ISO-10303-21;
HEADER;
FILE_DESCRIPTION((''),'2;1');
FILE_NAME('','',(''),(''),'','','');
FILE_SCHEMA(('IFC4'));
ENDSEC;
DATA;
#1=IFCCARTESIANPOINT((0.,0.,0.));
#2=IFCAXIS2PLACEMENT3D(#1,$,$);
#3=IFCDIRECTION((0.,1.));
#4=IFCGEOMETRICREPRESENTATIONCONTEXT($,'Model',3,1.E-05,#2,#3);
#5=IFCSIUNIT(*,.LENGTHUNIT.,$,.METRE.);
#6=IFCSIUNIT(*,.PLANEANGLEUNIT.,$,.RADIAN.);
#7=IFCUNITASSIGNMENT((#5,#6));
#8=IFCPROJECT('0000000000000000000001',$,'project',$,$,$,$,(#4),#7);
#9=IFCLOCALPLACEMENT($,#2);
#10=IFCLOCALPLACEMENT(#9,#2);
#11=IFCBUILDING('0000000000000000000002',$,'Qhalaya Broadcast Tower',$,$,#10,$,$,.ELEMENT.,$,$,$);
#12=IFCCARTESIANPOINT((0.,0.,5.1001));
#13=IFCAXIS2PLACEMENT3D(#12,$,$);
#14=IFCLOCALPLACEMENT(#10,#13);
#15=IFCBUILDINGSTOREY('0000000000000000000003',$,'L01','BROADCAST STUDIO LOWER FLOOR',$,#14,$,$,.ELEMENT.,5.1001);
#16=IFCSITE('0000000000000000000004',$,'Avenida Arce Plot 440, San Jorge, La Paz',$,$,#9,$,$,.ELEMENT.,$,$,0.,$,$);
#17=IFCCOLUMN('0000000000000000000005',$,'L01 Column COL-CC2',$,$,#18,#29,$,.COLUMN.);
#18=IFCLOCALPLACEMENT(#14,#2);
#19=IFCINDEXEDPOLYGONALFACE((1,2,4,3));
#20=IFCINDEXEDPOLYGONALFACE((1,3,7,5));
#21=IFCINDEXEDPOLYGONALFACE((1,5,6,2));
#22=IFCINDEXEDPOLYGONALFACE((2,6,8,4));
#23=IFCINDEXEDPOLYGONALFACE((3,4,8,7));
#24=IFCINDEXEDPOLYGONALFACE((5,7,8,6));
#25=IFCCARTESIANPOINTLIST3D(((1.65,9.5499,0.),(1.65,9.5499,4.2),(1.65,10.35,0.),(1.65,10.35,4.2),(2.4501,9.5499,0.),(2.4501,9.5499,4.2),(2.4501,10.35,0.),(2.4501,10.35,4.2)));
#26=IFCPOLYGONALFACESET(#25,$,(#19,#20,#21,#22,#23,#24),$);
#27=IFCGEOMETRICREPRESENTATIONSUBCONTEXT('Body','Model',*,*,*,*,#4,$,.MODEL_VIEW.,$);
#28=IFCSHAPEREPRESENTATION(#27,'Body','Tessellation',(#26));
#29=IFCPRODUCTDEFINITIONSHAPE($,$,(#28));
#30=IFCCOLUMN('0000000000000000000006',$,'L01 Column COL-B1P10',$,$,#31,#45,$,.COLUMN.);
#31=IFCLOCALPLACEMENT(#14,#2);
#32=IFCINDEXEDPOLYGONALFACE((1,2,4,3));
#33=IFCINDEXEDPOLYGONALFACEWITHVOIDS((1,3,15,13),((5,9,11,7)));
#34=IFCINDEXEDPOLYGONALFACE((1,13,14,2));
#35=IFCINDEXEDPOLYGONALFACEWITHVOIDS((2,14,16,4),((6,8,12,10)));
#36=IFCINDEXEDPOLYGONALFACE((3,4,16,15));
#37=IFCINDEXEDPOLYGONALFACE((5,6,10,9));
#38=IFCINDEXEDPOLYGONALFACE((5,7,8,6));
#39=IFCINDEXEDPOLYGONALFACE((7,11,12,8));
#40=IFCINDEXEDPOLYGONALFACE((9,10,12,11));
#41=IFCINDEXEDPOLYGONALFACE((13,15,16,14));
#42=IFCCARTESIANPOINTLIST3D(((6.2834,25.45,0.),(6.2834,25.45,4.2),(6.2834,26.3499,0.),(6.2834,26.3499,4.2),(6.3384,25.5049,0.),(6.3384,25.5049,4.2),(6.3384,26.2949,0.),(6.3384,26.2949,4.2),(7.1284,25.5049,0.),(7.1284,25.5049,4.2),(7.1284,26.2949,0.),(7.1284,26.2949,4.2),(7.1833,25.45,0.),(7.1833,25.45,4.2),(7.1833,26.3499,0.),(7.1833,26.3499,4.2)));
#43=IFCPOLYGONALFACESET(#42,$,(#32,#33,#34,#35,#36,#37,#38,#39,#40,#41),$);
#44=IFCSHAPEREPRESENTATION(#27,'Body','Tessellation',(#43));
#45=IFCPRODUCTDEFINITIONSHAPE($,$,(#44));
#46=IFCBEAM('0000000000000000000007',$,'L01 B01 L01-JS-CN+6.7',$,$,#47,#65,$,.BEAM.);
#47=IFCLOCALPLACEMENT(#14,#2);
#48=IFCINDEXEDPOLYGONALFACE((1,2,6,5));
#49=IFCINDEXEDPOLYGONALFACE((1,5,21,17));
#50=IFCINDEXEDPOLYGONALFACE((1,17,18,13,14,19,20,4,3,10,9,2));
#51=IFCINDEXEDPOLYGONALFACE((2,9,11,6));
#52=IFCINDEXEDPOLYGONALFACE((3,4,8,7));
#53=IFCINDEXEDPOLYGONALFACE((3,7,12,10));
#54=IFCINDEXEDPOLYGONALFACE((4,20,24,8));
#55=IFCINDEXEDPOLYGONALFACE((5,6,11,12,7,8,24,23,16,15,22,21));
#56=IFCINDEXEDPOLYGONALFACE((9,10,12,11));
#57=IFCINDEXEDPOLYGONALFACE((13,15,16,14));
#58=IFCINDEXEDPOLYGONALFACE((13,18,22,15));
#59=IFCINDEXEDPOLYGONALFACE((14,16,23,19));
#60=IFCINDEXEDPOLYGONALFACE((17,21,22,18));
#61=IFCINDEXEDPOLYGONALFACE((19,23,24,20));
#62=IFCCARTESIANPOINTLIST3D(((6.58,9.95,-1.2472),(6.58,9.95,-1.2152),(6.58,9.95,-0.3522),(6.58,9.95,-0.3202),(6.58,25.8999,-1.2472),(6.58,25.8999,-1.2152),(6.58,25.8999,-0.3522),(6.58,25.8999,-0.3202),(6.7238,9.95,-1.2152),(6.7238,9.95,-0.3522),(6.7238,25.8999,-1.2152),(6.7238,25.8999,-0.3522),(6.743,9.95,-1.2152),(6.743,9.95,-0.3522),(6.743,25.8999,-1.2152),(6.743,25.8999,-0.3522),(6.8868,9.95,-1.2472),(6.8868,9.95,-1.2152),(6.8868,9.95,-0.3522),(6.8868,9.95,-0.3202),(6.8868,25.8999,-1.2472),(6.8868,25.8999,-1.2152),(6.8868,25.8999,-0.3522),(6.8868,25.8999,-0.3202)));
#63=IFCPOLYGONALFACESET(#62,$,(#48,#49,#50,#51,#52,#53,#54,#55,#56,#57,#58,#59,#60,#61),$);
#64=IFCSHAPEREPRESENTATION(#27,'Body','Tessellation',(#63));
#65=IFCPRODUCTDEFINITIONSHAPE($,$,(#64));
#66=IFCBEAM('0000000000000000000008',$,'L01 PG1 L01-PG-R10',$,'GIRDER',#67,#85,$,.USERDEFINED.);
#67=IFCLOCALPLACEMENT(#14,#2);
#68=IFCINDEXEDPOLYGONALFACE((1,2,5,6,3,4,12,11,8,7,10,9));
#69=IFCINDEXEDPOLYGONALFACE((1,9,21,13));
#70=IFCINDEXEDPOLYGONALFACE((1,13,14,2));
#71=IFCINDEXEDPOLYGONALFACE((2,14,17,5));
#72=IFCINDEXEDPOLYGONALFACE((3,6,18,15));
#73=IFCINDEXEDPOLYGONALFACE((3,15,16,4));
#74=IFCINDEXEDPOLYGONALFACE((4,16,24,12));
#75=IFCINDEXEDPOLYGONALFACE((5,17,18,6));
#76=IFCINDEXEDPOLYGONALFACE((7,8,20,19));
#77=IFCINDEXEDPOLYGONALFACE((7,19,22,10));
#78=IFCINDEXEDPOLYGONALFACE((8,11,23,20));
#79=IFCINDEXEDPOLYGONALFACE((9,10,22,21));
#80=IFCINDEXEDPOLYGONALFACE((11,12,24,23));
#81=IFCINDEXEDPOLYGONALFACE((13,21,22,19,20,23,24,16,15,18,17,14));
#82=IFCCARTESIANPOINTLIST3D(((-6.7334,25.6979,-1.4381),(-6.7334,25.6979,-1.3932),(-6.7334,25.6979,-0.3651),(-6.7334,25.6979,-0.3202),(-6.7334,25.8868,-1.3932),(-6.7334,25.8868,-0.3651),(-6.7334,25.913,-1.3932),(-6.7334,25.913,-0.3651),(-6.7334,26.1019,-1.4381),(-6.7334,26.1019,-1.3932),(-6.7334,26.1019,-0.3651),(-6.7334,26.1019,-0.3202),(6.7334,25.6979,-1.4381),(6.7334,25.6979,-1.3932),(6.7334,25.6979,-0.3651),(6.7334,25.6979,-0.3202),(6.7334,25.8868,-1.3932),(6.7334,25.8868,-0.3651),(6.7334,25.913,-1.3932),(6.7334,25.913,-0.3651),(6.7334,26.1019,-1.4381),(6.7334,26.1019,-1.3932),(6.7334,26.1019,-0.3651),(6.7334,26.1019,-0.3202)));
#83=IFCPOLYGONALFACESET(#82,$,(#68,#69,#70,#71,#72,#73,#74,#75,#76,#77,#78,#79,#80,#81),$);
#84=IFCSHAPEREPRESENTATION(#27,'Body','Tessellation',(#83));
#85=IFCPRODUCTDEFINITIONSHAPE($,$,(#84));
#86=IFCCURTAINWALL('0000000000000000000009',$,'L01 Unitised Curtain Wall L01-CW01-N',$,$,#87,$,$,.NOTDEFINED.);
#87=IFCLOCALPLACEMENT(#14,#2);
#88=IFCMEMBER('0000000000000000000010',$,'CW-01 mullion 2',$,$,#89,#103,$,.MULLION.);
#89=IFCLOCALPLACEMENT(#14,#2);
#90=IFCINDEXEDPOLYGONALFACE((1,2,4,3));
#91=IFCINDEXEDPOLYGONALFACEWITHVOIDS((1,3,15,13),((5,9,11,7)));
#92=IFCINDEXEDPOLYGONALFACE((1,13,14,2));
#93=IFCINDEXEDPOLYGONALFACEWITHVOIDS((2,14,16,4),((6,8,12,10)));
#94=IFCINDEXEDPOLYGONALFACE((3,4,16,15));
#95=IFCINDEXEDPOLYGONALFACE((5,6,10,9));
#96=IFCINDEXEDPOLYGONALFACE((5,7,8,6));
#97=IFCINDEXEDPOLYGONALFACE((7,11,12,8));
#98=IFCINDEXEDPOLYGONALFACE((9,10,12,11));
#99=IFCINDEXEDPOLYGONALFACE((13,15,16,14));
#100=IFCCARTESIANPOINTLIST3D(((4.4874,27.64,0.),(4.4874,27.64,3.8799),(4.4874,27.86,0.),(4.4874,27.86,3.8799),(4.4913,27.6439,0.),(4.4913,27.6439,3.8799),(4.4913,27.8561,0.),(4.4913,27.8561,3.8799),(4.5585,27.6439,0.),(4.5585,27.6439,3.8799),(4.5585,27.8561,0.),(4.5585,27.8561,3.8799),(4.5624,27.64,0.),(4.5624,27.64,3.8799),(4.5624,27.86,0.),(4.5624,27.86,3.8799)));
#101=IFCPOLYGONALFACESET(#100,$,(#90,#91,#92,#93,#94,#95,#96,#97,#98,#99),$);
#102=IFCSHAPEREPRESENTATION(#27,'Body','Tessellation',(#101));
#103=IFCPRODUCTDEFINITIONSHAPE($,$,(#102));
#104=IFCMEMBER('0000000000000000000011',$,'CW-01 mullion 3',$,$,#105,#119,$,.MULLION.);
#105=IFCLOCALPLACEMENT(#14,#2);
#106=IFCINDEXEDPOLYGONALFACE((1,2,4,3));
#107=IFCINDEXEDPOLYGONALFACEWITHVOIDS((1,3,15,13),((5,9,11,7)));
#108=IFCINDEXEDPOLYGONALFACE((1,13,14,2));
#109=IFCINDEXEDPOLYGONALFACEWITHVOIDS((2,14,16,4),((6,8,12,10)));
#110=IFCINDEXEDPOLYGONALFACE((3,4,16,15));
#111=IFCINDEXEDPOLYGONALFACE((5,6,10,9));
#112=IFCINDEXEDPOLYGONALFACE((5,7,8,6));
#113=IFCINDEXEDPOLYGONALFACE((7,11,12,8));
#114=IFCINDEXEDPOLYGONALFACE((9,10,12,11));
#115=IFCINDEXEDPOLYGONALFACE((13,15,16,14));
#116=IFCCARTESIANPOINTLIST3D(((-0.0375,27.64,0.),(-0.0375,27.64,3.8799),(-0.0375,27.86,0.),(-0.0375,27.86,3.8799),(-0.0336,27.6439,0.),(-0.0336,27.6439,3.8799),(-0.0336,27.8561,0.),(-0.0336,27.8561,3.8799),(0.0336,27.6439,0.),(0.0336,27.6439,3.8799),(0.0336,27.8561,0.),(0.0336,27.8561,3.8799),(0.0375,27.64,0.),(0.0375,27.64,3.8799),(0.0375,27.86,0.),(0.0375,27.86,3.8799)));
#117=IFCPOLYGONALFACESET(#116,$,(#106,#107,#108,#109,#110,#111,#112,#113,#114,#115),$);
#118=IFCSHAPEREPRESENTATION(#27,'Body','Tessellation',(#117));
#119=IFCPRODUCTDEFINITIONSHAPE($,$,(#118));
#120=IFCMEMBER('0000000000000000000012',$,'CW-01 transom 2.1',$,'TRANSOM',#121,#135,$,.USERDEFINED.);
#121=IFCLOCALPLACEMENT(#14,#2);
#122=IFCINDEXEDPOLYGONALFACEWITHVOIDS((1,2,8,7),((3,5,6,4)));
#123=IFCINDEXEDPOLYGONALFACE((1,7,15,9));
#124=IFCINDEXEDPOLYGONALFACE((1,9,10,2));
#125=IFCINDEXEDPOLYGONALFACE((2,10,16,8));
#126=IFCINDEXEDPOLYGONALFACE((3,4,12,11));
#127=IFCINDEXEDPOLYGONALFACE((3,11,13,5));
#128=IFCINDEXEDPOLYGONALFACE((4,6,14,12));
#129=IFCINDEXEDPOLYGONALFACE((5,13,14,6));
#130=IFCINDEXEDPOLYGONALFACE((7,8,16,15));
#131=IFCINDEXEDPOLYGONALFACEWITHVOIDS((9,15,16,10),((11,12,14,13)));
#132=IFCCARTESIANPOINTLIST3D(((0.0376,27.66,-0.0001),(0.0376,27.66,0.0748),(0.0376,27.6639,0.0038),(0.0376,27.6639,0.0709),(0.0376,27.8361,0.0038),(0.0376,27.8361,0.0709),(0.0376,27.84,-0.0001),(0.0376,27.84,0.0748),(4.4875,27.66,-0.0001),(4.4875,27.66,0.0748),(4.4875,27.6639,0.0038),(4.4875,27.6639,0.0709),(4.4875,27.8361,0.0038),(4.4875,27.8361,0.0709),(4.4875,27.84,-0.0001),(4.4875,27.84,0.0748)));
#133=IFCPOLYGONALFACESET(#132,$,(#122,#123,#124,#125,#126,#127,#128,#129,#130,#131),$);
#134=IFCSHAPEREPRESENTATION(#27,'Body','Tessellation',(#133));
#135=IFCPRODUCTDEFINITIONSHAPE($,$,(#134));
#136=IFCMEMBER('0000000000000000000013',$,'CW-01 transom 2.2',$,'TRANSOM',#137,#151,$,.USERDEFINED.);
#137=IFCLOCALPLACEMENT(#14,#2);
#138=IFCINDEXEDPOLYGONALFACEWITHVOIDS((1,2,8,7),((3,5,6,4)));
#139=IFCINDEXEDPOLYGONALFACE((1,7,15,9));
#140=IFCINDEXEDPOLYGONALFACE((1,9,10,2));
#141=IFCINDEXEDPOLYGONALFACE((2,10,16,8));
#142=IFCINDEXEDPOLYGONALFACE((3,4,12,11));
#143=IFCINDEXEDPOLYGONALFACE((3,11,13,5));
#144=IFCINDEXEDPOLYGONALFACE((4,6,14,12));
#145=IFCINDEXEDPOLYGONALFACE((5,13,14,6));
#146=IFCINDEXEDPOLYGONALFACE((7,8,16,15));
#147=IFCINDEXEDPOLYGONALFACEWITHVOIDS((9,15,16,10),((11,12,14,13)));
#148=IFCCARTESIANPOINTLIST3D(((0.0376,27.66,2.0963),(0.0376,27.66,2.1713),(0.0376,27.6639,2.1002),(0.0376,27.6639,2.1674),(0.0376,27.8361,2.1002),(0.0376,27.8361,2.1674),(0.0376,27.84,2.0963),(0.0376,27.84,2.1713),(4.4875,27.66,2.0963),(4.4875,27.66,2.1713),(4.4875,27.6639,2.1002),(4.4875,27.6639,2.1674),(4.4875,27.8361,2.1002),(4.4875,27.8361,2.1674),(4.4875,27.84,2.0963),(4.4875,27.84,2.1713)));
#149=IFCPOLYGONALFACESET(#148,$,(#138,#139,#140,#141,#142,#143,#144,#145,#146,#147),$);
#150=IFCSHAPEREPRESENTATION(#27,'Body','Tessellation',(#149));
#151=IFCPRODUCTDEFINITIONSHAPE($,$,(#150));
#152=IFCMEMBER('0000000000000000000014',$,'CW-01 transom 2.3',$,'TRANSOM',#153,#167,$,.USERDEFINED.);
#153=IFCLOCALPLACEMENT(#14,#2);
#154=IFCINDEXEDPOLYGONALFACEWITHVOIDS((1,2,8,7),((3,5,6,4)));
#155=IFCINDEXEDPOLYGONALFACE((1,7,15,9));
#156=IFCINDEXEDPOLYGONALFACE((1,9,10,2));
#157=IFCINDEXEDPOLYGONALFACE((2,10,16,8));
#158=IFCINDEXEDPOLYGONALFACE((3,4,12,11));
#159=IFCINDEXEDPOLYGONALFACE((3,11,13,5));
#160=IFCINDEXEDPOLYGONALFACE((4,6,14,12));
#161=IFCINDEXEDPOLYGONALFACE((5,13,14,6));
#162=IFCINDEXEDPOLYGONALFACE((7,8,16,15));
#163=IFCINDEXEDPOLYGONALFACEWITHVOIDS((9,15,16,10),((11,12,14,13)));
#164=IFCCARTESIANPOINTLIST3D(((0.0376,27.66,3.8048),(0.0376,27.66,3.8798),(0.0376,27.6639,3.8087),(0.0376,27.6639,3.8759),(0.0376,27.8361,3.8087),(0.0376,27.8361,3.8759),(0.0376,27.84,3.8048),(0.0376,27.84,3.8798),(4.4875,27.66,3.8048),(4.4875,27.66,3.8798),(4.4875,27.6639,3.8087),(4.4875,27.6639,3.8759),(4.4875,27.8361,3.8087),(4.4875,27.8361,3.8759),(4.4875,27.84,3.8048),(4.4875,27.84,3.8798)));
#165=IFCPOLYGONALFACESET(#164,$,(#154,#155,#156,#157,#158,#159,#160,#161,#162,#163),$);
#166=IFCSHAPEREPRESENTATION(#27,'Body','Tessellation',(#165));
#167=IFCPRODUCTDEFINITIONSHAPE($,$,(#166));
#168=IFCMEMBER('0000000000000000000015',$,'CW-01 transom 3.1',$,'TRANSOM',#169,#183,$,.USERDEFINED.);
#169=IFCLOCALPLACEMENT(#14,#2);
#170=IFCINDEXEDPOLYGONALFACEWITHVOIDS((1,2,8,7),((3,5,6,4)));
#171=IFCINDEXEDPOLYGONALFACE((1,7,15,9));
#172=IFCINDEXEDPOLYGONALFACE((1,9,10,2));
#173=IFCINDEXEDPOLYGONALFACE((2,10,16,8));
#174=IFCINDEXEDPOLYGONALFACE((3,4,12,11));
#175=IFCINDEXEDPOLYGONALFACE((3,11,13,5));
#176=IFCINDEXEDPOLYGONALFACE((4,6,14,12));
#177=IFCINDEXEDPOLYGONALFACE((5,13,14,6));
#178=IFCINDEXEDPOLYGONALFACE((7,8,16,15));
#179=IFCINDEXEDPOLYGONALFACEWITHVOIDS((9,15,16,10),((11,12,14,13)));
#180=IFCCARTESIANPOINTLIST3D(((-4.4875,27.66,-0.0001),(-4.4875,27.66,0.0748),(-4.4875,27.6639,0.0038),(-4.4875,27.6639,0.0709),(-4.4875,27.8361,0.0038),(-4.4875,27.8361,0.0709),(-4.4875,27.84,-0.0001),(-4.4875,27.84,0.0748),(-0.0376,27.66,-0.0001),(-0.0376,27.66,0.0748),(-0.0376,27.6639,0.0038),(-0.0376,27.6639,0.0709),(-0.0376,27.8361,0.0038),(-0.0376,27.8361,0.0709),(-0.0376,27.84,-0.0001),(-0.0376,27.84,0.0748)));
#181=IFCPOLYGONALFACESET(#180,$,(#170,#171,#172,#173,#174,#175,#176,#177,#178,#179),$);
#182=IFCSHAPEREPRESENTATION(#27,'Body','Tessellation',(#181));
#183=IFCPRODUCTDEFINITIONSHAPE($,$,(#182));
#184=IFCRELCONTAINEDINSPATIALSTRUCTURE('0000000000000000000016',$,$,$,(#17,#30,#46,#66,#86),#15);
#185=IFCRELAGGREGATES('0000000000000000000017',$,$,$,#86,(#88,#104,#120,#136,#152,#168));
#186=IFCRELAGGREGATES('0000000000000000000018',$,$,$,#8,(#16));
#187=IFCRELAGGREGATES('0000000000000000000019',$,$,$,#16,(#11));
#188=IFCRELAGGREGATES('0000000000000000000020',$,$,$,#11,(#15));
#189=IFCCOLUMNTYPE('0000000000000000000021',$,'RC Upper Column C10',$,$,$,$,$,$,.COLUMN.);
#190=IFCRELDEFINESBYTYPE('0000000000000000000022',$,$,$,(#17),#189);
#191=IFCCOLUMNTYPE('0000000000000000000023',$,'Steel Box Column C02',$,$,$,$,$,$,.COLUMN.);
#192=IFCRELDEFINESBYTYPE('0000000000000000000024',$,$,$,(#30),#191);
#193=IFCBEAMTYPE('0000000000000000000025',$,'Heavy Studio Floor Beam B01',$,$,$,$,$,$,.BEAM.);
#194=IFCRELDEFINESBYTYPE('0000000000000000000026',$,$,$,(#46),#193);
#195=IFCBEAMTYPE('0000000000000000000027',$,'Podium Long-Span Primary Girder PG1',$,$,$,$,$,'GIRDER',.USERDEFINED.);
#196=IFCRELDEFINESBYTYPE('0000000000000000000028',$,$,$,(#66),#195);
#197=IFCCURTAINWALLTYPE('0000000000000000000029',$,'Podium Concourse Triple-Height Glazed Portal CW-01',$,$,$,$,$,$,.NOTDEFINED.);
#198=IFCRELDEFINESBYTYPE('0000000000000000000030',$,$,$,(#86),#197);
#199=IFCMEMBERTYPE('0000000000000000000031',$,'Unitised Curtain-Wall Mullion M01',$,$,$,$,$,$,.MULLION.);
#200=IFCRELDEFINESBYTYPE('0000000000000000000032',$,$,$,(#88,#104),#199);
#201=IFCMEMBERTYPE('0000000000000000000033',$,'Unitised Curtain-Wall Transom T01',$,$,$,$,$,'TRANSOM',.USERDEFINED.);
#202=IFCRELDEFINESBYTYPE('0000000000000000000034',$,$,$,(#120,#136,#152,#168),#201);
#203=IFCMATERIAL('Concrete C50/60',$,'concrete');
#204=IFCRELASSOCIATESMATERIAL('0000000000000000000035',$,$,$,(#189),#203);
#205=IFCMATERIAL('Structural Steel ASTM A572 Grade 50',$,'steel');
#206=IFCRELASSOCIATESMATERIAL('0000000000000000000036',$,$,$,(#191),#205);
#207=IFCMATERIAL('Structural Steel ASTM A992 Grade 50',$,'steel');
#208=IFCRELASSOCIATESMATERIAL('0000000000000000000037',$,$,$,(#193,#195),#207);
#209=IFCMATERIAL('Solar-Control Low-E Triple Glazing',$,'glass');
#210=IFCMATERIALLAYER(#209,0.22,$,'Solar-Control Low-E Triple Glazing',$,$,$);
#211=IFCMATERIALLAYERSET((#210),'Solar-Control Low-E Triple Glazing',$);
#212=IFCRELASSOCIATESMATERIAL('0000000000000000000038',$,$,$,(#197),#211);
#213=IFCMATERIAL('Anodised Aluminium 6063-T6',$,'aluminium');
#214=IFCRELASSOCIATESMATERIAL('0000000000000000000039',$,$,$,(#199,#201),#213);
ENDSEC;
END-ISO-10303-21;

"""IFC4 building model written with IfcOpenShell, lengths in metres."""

from ifc_helpers import new_model, si_unit, direction, frame, origin, origin_2d, place, context, subcontext, project, spatial, rectangle, hollow_rectangle, i_section, extrude, material, layer, layer_set, material_profile, profile_set, type_object, element, aggregate, save


model = new_model("IFC4")

# Units and contexts
model_context = context("Model", 3, precision=1e-05, world=origin(), true_north=direction((0.0, 1.0)))
body_context = subcontext(model_context, "Body", "Model", "MODEL_VIEW")
ifc_project = project(units=[si_unit("LENGTHUNIT", "METRE"), si_unit("PLANEANGLEUNIT", "RADIAN")], contexts=[model_context])

# Site, building, storey
site_placement = place(None, origin())
site = spatial("IfcSite", under=ifc_project, at=site_placement, Name="Avenida Arce Plot 440, San Jorge, La Paz", CompositionType="ELEMENT", RefElevation=0.0)
building_placement = place(site_placement, origin())
building = spatial("IfcBuilding", under=site, at=building_placement, Name="Qhalaya Broadcast Tower", CompositionType="ELEMENT")
storey_placement = place(building_placement, frame((0.0, 0.0, 5.1001)))
storey = spatial("IfcBuildingStorey", under=building, at=storey_placement, Name="L01", Description="BROADCAST STUDIO LOWER FLOOR", CompositionType="ELEMENT", Elevation=5.1001)

# Columns
ifc_material_1 = material(Name="Concrete C50/60", Category="concrete")
ifc_material_profile_1 = material_profile(ifc_material_1, rectangle(XDim=0.8, YDim=0.8, at=origin_2d()), Name="RC-COL 800x800")
ifc_profile_set_1 = profile_set([ifc_material_profile_1], Name="Concrete C50/60")
column_type_1 = type_object("IfcColumnType", Name="RC Upper Column C10", PredefinedType="COLUMN", material=ifc_profile_set_1)
column_1_placement = place(storey_placement, frame((2.05, 9.95, 0.0), z_axis=(0.0, 0.0, 1.0), x_axis=(1.0, 0.0, 0.0)))
element("IfcColumn", 1, at=column_1_placement, inside=storey, type_object=column_type_1, Name="L01 Column COL-CC2", PredefinedType="COLUMN", context=body_context, shape_type="SweptSolid", body=[
    extrude(rectangle(XDim=0.8, YDim=0.8, at=origin_2d()), origin(), (0.0, 0.0, 1.0), 4.2),
])
ifc_material_2 = material(Name="Structural Steel ASTM A572 Grade 50", Category="steel")
ifc_material_profile_2 = material_profile(ifc_material_2, hollow_rectangle(XDim=0.8999, YDim=0.8999, WallThickness=0.0549, at=origin_2d()), Name="BOX 900x900x55")
ifc_profile_set_2 = profile_set([ifc_material_profile_2], Name="Structural Steel ASTM A572 Grade 50")
column_type_2 = type_object("IfcColumnType", Name="Steel Box Column C02", PredefinedType="COLUMN", material=ifc_profile_set_2)
column_2_placement = place(storey_placement, frame((6.7334, 25.8999, 0.0), z_axis=(0.0, 0.0, 1.0), x_axis=(1.0, 0.0, 0.0)))
element("IfcColumn", 2, at=column_2_placement, inside=storey, type_object=column_type_2, Name="L01 Column COL-B1P10", PredefinedType="COLUMN", context=body_context, shape_type="SweptSolid", body=[
    extrude(hollow_rectangle(XDim=0.8999, YDim=0.8999, WallThickness=0.0549, at=origin_2d()), origin(), (0.0, 0.0, 1.0), 4.2),
])

# Beams
ifc_material_3 = material(Name="Structural Steel ASTM A992 Grade 50", Category="steel")
ifc_material_profile_3 = material_profile(ifc_material_3, i_section(OverallWidth=0.3069, OverallDepth=0.927, WebThickness=0.0193, FlangeThickness=0.032, at=origin_2d()), Name="W36X194")
ifc_profile_set_3 = profile_set([ifc_material_profile_3], Name="Structural Steel ASTM A992 Grade 50")
beam_type_1 = type_object("IfcBeamType", Name="Heavy Studio Floor Beam B01", PredefinedType="BEAM", material=ifc_profile_set_3)
beam_1_placement = place(storey_placement, frame((6.7334, 9.95, -0.7837), z_axis=(0.0, 1.0, 0.0), x_axis=(-1.0, 0.0, 0.0)))
element("IfcBeam", 3, at=beam_1_placement, inside=storey, type_object=beam_type_1, Name="L01 B01 L01-JS-CN+6.7", PredefinedType="BEAM", context=body_context, shape_type="SweptSolid", body=[
    extrude(i_section(OverallWidth=0.3069, OverallDepth=0.927, WebThickness=0.0193, FlangeThickness=0.032, at=origin_2d()), origin(), (0.0, 0.0, 1.0), 15.95),
])
ifc_material_profile_4 = material_profile(ifc_material_3, i_section(OverallWidth=0.4041, OverallDepth=1.1179, WebThickness=0.0261, FlangeThickness=0.0449, at=origin_2d()), Name="W44X335")
ifc_profile_set_4 = profile_set([ifc_material_profile_4], Name="Structural Steel ASTM A992 Grade 50")
beam_type_2 = type_object("IfcBeamType", Name="Podium Long-Span Primary Girder PG1", ElementType="GIRDER", PredefinedType="USERDEFINED", material=ifc_profile_set_4)
beam_2_placement = place(storey_placement, frame((6.7334, 25.8999, -0.8792), z_axis=(-1.0, 0.0, 0.0), x_axis=(0.0, -1.0, 0.0)))
element("IfcBeam", 4, at=beam_2_placement, inside=storey, type_object=beam_type_2, Name="L01 PG1 L01-PG-R10", ObjectType="GIRDER", PredefinedType="USERDEFINED", context=body_context, shape_type="SweptSolid", body=[
    extrude(i_section(OverallWidth=0.4041, OverallDepth=1.1179, WebThickness=0.0261, FlangeThickness=0.0449, at=origin_2d()), origin(), (0.0, 0.0, 1.0), 13.4668),
])

# Curtain wall, members
ifc_material_4 = material(Name="Solar-Control Low-E Triple Glazing", Category="glass")
ifc_layer_1 = layer(ifc_material_4, 0.22, Name="Solar-Control Low-E Triple Glazing")
ifc_layer_set_1 = layer_set([ifc_layer_1], Name="Solar-Control Low-E Triple Glazing")
curtain_wall_type = type_object("IfcCurtainWallType", Name="Podium Concourse Triple-Height Glazed Portal CW-01", PredefinedType="NOTDEFINED", material=ifc_layer_set_1)
curtain_wall_placement = place(storey_placement, origin())
curtain_wall = element("IfcCurtainWall", 5, at=curtain_wall_placement, inside=storey, type_object=curtain_wall_type, Name="L01 Unitised Curtain Wall L01-CW01-N", PredefinedType="NOTDEFINED")
ifc_material_5 = material(Name="Anodised Aluminium 6063-T6", Category="aluminium")
ifc_material_profile_5 = material_profile(ifc_material_5, hollow_rectangle(XDim=0.075, YDim=0.22, WallThickness=0.0039, at=origin_2d()), Name="ALU-MUL 75x220x4")
ifc_profile_set_5 = profile_set([ifc_material_profile_5], Name="Anodised Aluminium 6063-T6")
member_type_1 = type_object("IfcMemberType", Name="Unitised Curtain-Wall Mullion M01", PredefinedType="MULLION", material=ifc_profile_set_5)
member_1_placement = place(storey_placement, frame((4.5249, 27.75, 0.0), z_axis=(0.0, 0.0, 1.0), x_axis=(-1.0, 0.0, 0.0)))
member_1 = element("IfcMember", 6, at=member_1_placement, type_object=member_type_1, Name="CW-01 mullion 2", PredefinedType="MULLION", context=body_context, shape_type="SweptSolid", body=[
    extrude(hollow_rectangle(XDim=0.075, YDim=0.22, WallThickness=0.0039, at=origin_2d()), origin(), (0.0, 0.0, 1.0), 3.8799),
])
member_2_placement = place(storey_placement, frame((0.0, 27.75, 0.0), z_axis=(0.0, 0.0, 1.0), x_axis=(-1.0, 0.0, 0.0)))
member_2 = element("IfcMember", 7, at=member_2_placement, type_object=member_type_1, Name="CW-01 mullion 3", PredefinedType="MULLION", context=body_context, shape_type="SweptSolid", body=[
    extrude(hollow_rectangle(XDim=0.075, YDim=0.22, WallThickness=0.0039, at=origin_2d()), origin(), (0.0, 0.0, 1.0), 3.8799),
])
ifc_material_profile_6 = material_profile(ifc_material_5, hollow_rectangle(XDim=0.075, YDim=0.1799, WallThickness=0.0039, at=origin_2d()), Name="ALU-TRN 75x180x4")
ifc_profile_set_6 = profile_set([ifc_material_profile_6], Name="Anodised Aluminium 6063-T6")
member_type_2 = type_object("IfcMemberType", Name="Unitised Curtain-Wall Transom T01", ElementType="TRANSOM", PredefinedType="USERDEFINED", material=ifc_profile_set_6)
member_3_placement = place(storey_placement, frame((4.4875, 27.75, 0.0374), z_axis=(-1.0, 0.0, 0.0), x_axis=(0.0, 0.0, 1.0)))
member_3 = element("IfcMember", 8, at=member_3_placement, type_object=member_type_2, Name="CW-01 transom 2.1", ObjectType="TRANSOM", PredefinedType="USERDEFINED", context=body_context, shape_type="SweptSolid", body=[
    extrude(hollow_rectangle(XDim=0.075, YDim=0.1799, WallThickness=0.0039, at=origin_2d()), origin(), (0.0, 0.0, 1.0), 4.45),
])
member_4_placement = place(storey_placement, frame((4.4875, 27.75, 2.1338), z_axis=(-1.0, 0.0, 0.0), x_axis=(0.0, 0.0, 1.0)))
member_4 = element("IfcMember", 9, at=member_4_placement, type_object=member_type_2, Name="CW-01 transom 2.2", ObjectType="TRANSOM", PredefinedType="USERDEFINED", context=body_context, shape_type="SweptSolid", body=[
    extrude(hollow_rectangle(XDim=0.075, YDim=0.1799, WallThickness=0.0039, at=origin_2d()), origin(), (0.0, 0.0, 1.0), 4.45),
])
member_5_placement = place(storey_placement, frame((4.4875, 27.75, 3.8423), z_axis=(-1.0, 0.0, 0.0), x_axis=(0.0, 0.0, 1.0)))
member_5 = element("IfcMember", 10, at=member_5_placement, type_object=member_type_2, Name="CW-01 transom 2.3", ObjectType="TRANSOM", PredefinedType="USERDEFINED", context=body_context, shape_type="SweptSolid", body=[
    extrude(hollow_rectangle(XDim=0.075, YDim=0.1799, WallThickness=0.0039, at=origin_2d()), origin(), (0.0, 0.0, 1.0), 4.45),
])
member_6_placement = place(storey_placement, frame((-0.0376, 27.75, 0.0374), z_axis=(-1.0, 0.0, 0.0), x_axis=(0.0, 0.0, 1.0)))
member_6 = element("IfcMember", 11, at=member_6_placement, type_object=member_type_2, Name="CW-01 transom 3.1", ObjectType="TRANSOM", PredefinedType="USERDEFINED", context=body_context, shape_type="SweptSolid", body=[
    extrude(hollow_rectangle(XDim=0.075, YDim=0.1799, WallThickness=0.0039, at=origin_2d()), origin(), (0.0, 0.0, 1.0), 4.45),
])
aggregate(curtain_wall, [member_1, member_2, member_3, member_4, member_5, member_6])

save(model, "model.ifc")
